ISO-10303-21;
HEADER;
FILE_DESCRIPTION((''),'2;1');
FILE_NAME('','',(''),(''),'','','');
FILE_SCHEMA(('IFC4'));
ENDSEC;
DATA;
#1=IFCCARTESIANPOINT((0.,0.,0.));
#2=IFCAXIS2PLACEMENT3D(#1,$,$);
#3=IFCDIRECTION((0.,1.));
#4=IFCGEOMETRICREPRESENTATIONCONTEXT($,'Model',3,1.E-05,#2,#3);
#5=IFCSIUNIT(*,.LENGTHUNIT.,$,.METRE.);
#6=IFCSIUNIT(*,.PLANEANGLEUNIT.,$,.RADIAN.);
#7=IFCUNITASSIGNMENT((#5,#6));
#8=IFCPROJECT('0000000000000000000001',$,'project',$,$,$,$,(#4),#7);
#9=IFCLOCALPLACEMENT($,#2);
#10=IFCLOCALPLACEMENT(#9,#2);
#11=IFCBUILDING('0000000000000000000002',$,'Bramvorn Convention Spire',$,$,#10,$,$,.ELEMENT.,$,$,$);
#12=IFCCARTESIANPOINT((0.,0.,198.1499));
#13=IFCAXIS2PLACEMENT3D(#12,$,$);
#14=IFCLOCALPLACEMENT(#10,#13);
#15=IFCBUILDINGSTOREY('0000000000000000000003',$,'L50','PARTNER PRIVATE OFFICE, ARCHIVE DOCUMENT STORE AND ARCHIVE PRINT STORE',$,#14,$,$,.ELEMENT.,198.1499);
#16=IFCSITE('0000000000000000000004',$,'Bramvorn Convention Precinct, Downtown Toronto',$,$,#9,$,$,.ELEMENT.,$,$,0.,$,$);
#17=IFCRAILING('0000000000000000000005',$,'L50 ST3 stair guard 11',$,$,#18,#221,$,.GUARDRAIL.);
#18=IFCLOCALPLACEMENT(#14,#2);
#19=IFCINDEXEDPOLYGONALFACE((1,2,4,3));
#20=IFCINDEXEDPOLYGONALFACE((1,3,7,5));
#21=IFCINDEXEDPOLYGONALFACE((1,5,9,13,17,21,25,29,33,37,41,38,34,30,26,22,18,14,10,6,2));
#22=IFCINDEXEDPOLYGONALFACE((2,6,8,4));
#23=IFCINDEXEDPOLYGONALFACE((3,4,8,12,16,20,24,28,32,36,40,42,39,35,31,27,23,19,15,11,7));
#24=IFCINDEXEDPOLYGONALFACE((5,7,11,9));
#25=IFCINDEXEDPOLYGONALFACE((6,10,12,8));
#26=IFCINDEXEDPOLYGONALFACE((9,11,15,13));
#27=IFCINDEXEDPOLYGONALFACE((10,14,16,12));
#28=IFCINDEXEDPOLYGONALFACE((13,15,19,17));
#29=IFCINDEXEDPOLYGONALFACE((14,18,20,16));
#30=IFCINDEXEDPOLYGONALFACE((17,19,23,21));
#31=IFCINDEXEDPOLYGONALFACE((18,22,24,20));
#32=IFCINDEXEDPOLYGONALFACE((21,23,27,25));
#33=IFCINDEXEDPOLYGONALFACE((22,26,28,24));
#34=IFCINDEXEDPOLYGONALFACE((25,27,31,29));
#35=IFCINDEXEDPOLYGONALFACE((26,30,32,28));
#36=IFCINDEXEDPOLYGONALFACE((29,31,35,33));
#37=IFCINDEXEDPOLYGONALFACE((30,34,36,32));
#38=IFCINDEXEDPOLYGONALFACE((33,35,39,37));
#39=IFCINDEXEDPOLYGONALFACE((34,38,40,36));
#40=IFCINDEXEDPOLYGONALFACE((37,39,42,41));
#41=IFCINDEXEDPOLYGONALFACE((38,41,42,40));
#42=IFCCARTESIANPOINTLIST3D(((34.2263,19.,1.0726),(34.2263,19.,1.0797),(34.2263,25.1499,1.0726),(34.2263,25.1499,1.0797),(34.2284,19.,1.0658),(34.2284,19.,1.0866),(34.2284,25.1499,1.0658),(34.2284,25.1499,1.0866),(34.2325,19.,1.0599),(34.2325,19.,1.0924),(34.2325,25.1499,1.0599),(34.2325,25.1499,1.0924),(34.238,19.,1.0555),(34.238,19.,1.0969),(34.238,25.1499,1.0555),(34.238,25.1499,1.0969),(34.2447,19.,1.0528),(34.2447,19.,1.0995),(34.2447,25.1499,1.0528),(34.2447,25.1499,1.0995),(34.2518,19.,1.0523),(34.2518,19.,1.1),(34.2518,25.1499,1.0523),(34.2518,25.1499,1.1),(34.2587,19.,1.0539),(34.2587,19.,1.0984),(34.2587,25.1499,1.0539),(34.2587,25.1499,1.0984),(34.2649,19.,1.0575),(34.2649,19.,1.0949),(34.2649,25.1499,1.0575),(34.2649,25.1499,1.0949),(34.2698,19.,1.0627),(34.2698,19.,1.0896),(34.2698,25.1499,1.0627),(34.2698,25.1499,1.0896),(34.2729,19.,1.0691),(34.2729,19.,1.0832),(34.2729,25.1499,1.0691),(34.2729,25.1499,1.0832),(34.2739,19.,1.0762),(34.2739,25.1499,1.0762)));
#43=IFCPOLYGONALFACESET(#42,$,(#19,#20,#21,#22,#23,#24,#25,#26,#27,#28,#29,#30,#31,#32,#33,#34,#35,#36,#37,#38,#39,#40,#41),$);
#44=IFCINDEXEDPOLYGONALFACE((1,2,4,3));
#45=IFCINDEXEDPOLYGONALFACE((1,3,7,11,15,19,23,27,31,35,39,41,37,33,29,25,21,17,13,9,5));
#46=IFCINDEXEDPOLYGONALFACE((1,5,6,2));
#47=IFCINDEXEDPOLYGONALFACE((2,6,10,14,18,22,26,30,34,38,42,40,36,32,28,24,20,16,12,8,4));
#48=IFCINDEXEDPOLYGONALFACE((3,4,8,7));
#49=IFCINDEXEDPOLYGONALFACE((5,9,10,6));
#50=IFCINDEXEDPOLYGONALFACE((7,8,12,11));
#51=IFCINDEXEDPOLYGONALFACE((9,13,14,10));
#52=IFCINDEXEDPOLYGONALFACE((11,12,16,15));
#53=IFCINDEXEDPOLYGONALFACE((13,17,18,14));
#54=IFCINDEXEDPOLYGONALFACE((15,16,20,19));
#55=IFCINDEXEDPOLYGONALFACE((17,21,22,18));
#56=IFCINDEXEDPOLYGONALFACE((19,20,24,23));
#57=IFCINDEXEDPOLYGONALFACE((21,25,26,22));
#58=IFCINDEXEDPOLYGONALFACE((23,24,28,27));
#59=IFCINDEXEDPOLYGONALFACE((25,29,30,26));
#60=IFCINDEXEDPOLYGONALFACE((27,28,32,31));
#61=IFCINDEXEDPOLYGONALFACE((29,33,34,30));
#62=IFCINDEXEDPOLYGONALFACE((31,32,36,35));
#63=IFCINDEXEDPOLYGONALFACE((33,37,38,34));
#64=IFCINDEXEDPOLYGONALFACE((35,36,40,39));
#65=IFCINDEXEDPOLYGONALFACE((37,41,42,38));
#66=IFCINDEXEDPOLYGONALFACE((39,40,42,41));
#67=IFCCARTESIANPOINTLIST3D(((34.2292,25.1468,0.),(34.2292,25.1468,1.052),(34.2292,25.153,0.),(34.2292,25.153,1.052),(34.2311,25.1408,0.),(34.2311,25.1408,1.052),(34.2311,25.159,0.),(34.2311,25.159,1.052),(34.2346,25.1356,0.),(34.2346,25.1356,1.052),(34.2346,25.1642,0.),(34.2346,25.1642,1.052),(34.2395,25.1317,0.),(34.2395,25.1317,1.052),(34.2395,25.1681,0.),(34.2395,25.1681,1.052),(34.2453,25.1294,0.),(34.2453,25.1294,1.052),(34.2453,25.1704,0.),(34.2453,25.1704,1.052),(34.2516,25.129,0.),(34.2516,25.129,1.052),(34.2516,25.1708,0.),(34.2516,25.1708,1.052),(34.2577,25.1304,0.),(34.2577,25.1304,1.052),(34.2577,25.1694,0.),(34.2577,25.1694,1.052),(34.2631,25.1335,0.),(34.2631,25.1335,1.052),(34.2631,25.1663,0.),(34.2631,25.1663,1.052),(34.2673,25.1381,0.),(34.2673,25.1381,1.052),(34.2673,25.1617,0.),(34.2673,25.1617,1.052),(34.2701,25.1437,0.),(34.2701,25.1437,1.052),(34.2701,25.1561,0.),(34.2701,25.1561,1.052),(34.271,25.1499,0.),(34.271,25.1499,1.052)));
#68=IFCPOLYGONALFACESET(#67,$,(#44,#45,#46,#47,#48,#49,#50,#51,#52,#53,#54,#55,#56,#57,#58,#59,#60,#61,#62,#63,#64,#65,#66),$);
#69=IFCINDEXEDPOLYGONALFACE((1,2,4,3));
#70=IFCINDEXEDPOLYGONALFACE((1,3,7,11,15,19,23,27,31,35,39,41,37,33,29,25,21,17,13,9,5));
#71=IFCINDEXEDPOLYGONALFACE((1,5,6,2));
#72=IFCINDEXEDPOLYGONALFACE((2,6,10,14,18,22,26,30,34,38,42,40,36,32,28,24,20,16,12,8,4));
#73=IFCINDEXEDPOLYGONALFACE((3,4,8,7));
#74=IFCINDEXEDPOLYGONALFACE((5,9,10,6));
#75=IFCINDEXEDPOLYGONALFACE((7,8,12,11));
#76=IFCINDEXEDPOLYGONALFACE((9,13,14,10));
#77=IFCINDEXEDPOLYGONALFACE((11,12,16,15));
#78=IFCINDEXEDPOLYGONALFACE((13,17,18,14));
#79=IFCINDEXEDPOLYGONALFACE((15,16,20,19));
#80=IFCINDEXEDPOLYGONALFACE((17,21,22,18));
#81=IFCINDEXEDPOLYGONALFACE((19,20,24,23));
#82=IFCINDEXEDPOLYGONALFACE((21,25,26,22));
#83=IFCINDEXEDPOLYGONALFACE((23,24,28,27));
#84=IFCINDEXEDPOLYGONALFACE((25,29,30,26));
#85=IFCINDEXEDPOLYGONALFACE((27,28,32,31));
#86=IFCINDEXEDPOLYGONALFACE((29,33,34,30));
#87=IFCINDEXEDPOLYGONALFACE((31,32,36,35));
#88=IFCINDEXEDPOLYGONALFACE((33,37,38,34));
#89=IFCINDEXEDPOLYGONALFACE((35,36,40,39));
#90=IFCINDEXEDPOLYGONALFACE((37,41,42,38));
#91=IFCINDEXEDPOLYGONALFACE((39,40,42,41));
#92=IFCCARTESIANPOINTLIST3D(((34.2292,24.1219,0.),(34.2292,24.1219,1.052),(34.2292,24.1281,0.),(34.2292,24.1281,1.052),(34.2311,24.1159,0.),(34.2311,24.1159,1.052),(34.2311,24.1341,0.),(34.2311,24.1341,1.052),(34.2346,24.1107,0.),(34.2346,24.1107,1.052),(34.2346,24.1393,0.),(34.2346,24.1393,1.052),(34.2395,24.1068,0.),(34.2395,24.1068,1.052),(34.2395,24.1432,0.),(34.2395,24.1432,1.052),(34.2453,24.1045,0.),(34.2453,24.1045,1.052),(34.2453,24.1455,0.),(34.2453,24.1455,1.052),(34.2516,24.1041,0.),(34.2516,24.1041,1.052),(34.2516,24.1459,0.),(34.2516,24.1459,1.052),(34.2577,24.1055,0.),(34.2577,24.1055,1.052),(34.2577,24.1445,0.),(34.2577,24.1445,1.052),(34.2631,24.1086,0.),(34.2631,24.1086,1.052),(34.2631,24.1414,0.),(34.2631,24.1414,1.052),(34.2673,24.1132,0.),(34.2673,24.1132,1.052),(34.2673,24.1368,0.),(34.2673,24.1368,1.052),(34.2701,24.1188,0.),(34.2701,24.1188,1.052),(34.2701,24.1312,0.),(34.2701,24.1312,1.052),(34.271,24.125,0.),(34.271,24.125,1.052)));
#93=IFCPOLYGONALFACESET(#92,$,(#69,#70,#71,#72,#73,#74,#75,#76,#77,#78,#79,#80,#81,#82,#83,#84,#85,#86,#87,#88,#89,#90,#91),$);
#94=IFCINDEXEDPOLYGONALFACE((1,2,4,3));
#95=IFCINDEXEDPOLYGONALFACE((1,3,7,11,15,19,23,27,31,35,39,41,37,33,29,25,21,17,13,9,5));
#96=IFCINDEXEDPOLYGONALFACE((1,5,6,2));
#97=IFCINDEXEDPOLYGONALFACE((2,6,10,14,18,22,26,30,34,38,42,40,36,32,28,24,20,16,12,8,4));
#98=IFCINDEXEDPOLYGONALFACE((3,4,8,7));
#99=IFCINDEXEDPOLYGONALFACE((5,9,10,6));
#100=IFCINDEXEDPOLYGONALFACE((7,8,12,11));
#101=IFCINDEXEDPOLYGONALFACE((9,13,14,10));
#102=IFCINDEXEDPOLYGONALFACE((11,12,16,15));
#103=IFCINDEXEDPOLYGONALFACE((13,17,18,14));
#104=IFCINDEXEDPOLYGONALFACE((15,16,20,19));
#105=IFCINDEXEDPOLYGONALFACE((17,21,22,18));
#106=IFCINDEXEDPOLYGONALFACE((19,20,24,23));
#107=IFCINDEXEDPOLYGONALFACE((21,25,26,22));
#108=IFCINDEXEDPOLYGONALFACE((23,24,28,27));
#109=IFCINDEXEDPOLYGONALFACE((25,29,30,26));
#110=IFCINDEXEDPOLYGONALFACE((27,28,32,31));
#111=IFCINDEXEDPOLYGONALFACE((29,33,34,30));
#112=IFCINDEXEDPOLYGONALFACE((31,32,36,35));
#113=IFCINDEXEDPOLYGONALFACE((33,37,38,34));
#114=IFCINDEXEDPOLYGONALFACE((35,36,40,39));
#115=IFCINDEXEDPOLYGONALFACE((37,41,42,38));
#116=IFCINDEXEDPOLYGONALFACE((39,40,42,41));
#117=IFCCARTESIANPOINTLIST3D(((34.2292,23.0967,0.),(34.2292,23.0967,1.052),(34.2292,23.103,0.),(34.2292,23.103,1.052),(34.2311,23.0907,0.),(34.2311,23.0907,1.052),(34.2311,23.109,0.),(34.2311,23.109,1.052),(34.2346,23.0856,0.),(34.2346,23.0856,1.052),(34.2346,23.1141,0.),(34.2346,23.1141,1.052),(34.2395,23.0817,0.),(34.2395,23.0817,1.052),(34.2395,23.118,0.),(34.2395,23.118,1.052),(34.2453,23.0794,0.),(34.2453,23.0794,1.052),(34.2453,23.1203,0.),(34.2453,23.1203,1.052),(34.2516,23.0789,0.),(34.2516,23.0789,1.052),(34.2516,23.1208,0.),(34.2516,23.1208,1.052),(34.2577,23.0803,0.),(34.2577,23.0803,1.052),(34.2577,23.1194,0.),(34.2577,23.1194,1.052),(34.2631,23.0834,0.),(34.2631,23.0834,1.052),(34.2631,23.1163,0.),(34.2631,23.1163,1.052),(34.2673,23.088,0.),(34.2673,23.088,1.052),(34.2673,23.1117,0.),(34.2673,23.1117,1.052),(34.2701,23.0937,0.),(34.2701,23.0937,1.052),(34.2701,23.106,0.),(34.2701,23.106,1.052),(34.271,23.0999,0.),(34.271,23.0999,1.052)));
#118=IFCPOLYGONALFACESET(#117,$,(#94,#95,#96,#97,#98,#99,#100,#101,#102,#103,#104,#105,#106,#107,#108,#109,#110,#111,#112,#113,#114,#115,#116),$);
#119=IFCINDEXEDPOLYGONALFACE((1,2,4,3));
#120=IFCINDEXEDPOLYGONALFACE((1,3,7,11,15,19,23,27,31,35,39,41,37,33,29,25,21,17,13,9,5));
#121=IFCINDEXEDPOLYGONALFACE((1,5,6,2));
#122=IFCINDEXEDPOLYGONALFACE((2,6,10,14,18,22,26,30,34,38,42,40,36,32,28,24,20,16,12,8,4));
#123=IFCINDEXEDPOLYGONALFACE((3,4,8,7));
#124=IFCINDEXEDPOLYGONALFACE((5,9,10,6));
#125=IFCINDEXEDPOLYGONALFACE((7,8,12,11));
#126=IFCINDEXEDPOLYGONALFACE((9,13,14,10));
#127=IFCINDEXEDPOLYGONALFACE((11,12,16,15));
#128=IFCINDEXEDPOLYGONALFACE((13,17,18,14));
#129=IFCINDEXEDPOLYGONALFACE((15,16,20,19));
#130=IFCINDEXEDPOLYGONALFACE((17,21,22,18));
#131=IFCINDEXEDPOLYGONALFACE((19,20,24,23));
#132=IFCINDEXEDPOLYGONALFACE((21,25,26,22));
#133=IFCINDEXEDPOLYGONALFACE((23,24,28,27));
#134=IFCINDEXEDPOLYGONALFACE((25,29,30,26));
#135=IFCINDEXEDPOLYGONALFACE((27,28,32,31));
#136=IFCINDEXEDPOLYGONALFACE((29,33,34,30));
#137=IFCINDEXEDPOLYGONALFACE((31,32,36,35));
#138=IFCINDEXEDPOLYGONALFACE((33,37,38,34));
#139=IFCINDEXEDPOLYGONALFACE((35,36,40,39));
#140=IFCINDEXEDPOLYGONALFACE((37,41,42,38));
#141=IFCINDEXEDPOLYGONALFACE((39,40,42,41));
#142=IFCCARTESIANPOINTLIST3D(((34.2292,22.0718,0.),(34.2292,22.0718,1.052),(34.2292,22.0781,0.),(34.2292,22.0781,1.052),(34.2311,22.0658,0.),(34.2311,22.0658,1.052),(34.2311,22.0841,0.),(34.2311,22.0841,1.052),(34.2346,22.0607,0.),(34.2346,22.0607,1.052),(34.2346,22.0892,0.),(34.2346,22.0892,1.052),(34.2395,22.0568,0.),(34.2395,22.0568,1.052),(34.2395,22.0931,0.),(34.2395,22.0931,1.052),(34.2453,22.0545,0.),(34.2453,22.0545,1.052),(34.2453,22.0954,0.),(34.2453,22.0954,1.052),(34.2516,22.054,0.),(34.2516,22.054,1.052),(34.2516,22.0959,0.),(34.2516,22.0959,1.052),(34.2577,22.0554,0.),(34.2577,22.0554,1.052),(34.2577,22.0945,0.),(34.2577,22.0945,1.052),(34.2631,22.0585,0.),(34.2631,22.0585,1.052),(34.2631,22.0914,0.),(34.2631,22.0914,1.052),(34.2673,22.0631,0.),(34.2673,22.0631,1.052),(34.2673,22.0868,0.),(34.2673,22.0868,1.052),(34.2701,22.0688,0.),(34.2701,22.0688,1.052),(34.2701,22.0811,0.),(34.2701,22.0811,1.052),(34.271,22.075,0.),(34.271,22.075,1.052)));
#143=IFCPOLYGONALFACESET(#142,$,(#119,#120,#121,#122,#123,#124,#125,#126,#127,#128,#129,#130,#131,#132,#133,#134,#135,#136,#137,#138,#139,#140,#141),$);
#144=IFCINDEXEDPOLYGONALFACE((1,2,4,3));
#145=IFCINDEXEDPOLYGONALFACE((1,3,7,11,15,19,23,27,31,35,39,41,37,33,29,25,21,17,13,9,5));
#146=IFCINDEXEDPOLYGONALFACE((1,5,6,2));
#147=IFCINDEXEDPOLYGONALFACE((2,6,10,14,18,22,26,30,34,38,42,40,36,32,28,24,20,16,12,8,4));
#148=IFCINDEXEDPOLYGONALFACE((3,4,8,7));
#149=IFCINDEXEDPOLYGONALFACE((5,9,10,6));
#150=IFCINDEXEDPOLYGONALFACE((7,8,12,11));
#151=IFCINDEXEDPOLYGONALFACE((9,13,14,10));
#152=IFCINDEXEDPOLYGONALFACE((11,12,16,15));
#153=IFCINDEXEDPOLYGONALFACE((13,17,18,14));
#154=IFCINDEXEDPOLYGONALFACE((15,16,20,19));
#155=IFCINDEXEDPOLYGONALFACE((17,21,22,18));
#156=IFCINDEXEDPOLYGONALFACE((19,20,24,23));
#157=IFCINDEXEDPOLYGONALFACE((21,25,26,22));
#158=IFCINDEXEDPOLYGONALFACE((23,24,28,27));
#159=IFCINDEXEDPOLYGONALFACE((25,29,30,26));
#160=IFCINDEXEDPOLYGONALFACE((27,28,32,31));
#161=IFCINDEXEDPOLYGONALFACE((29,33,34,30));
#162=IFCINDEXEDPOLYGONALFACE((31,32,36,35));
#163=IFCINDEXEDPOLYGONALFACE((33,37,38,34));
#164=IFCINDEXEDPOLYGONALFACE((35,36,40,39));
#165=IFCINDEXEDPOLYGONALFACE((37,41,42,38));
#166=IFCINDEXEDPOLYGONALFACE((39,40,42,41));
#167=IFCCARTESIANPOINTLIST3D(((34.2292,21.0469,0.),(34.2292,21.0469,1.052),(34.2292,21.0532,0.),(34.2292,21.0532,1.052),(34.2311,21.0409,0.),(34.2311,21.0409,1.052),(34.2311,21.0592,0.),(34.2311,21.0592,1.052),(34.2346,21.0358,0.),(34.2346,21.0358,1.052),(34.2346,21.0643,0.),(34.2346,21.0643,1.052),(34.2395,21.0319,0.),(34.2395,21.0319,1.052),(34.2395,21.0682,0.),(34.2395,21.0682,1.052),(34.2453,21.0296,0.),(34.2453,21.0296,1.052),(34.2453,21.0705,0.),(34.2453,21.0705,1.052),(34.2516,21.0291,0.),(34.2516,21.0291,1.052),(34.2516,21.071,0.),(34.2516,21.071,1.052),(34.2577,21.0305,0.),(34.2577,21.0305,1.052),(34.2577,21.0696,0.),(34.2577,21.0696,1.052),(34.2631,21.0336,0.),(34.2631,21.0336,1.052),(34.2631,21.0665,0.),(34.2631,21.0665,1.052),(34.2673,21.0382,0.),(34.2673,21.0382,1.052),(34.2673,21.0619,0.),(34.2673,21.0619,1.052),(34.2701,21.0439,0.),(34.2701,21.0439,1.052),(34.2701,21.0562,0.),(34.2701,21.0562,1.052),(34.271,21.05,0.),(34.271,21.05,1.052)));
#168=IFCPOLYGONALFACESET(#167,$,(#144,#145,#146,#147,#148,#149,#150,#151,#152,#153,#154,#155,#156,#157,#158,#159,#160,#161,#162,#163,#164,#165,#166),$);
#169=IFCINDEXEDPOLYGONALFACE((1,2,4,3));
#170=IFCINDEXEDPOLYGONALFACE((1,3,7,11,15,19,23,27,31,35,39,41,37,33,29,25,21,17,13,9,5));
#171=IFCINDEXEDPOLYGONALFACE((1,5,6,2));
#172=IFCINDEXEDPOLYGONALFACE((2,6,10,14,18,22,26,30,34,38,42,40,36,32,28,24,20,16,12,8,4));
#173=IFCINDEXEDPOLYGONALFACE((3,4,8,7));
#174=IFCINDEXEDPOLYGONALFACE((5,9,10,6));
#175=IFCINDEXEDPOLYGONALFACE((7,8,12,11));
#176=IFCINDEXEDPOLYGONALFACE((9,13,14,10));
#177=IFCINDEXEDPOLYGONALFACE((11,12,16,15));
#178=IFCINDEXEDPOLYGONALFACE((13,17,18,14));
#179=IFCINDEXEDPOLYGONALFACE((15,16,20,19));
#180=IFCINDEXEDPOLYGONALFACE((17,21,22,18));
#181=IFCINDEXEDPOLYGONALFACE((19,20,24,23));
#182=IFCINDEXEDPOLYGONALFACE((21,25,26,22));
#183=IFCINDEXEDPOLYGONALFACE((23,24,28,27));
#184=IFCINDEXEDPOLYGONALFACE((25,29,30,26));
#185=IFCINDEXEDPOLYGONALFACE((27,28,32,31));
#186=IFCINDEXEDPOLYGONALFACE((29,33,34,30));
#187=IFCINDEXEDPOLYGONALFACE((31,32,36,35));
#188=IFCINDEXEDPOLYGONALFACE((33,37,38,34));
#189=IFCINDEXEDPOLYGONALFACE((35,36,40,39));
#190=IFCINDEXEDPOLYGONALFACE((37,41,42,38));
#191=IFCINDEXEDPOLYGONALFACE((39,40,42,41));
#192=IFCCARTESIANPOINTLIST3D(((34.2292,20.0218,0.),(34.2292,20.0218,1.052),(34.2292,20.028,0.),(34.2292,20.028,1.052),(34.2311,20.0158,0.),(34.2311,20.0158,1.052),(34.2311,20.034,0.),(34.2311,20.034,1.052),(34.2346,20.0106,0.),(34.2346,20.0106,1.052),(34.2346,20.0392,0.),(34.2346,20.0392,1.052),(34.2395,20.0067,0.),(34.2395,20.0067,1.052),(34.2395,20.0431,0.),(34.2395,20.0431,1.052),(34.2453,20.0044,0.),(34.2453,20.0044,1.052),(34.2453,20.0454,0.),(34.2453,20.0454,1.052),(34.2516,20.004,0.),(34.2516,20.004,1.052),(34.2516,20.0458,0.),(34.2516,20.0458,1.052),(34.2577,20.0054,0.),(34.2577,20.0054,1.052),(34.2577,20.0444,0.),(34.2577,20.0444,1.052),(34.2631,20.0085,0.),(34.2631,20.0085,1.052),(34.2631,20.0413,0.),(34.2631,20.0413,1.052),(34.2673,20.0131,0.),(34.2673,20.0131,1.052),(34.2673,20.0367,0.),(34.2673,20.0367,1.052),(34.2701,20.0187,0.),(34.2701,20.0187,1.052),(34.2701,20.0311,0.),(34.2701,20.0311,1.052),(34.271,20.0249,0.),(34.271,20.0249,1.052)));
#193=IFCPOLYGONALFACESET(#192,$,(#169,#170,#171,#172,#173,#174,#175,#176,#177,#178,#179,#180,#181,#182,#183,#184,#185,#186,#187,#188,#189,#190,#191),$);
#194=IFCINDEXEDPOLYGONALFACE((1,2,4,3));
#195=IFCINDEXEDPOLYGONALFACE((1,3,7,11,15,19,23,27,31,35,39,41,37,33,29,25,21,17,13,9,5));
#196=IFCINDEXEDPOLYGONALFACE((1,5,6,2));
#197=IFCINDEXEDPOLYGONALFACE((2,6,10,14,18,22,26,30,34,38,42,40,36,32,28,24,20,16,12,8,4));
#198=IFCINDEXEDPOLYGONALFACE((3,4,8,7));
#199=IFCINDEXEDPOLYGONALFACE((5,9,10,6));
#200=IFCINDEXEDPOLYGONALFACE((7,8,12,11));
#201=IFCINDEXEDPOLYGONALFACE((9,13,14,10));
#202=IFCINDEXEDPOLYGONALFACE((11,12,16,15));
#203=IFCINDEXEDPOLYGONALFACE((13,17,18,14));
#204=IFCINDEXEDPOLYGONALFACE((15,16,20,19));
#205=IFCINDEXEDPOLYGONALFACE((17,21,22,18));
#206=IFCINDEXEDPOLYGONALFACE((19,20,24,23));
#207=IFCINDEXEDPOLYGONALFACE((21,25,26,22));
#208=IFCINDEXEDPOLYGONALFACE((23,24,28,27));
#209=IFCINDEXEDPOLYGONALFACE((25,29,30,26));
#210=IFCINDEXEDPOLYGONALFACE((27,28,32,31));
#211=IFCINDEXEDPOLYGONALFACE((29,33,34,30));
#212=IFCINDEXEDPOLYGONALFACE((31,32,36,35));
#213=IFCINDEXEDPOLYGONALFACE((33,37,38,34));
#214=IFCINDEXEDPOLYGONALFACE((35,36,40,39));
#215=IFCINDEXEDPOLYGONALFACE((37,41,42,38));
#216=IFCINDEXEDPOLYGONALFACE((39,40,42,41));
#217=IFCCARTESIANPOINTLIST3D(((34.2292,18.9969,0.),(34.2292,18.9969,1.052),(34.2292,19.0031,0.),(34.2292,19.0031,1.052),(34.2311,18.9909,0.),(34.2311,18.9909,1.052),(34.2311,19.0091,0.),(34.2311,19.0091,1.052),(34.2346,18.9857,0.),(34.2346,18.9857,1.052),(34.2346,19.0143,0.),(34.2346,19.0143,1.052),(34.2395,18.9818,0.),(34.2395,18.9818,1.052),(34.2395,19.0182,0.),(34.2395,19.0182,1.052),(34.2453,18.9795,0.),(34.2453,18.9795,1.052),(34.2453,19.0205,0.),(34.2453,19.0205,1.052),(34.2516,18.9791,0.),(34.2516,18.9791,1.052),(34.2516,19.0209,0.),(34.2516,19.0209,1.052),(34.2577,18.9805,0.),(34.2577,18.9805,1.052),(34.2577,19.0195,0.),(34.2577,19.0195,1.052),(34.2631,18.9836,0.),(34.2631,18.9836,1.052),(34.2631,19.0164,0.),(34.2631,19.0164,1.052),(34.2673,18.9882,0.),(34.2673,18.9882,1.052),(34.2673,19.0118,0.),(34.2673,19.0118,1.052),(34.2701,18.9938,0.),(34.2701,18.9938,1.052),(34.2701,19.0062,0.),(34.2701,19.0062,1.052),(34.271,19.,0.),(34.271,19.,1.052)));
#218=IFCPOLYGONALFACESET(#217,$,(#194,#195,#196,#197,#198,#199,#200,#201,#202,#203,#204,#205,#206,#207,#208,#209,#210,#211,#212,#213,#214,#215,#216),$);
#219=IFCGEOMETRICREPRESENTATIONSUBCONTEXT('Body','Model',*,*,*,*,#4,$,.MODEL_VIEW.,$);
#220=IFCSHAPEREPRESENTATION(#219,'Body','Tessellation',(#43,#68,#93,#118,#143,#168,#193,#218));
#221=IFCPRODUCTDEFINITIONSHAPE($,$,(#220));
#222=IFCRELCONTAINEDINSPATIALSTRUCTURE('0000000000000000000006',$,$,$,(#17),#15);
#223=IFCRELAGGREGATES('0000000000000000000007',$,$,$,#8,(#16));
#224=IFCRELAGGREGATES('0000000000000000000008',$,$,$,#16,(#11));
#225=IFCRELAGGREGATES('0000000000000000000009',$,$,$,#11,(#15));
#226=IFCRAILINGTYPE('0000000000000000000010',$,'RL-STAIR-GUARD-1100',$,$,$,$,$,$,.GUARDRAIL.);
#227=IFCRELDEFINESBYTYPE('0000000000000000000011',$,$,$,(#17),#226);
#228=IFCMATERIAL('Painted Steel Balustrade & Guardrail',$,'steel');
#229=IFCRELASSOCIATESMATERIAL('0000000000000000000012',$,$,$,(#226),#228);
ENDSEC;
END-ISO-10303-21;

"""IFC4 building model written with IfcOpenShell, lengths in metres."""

from ifc_helpers import new_model, si_unit, direction, frame, origin, origin_2d, place, context, subcontext, project, spatial, circle, extrude, material, type_object, element, save


model = new_model("IFC4")

# Units and contexts
model_context = context("Model", 3, precision=1e-05, world=origin(), true_north=direction((0.0, 1.0)))
body_context = subcontext(model_context, "Body", "Model", "MODEL_VIEW")
ifc_project = project(units=[si_unit("LENGTHUNIT", "METRE"), si_unit("PLANEANGLEUNIT", "RADIAN")], contexts=[model_context])

# Site, building, storey
site_placement = place(None, origin())
site = spatial("IfcSite", under=ifc_project, at=site_placement, Name="Bramvorn Convention Precinct, Downtown Toronto", CompositionType="ELEMENT", RefElevation=0.0)
building_placement = place(site_placement, origin())
building = spatial("IfcBuilding", under=site, at=building_placement, Name="Bramvorn Convention Spire", CompositionType="ELEMENT")
storey_placement = place(building_placement, frame((0.0, 0.0, 198.1499)))
storey = spatial("IfcBuildingStorey", under=building, at=storey_placement, Name="L50", Description="PARTNER PRIVATE OFFICE, ARCHIVE DOCUMENT STORE AND ARCHIVE PRINT STORE", CompositionType="ELEMENT", Elevation=198.1499)

# Railing
ifc_material_1 = material(Name="Painted Steel Balustrade & Guardrail", Category="steel")
railing_type_1 = type_object("IfcRailingType", Name="RL-STAIR-GUARD-1100", PredefinedType="GUARDRAIL", material=ifc_material_1)
railing_1_placement = place(storey_placement, frame((34.25, 25.1499, 0.0)))
element("IfcRailing", 1, at=railing_1_placement, inside=storey, type_object=railing_type_1, Name="L50 ST3 stair guard 11", PredefinedType="GUARDRAIL", context=body_context, shape_type="SweptSolid", body=[
    extrude(circle(Radius=0.0239, at=origin_2d()), frame((0.0, 0.0, 1.0762), z_axis=(0.0, -1.0, 0.0), x_axis=(1.0, 0.0, 0.0)), (0.0, 0.0, 1.0), 6.1499),
    extrude(circle(Radius=0.021, at=origin_2d()), origin(), (0.0, 0.0, 1.0), 1.052),
    extrude(circle(Radius=0.021, at=origin_2d()), frame((0.0, -1.0249, 0.0)), (0.0, 0.0, 1.0), 1.052),
    extrude(circle(Radius=0.021, at=origin_2d()), frame((0.0, -2.05, 0.0)), (0.0, 0.0, 1.0), 1.052),
    extrude(circle(Radius=0.021, at=origin_2d()), frame((0.0, -3.075, 0.0)), (0.0, 0.0, 1.0), 1.052),
    extrude(circle(Radius=0.021, at=origin_2d()), frame((0.0, -4.0999, 0.0)), (0.0, 0.0, 1.0), 1.052),
    extrude(circle(Radius=0.021, at=origin_2d()), frame((0.0, -5.125, 0.0)), (0.0, 0.0, 1.0), 1.052),
    extrude(circle(Radius=0.021, at=origin_2d()), frame((0.0, -6.1499, 0.0)), (0.0, 0.0, 1.0), 1.052),
])

save(model, "model.ifc")
